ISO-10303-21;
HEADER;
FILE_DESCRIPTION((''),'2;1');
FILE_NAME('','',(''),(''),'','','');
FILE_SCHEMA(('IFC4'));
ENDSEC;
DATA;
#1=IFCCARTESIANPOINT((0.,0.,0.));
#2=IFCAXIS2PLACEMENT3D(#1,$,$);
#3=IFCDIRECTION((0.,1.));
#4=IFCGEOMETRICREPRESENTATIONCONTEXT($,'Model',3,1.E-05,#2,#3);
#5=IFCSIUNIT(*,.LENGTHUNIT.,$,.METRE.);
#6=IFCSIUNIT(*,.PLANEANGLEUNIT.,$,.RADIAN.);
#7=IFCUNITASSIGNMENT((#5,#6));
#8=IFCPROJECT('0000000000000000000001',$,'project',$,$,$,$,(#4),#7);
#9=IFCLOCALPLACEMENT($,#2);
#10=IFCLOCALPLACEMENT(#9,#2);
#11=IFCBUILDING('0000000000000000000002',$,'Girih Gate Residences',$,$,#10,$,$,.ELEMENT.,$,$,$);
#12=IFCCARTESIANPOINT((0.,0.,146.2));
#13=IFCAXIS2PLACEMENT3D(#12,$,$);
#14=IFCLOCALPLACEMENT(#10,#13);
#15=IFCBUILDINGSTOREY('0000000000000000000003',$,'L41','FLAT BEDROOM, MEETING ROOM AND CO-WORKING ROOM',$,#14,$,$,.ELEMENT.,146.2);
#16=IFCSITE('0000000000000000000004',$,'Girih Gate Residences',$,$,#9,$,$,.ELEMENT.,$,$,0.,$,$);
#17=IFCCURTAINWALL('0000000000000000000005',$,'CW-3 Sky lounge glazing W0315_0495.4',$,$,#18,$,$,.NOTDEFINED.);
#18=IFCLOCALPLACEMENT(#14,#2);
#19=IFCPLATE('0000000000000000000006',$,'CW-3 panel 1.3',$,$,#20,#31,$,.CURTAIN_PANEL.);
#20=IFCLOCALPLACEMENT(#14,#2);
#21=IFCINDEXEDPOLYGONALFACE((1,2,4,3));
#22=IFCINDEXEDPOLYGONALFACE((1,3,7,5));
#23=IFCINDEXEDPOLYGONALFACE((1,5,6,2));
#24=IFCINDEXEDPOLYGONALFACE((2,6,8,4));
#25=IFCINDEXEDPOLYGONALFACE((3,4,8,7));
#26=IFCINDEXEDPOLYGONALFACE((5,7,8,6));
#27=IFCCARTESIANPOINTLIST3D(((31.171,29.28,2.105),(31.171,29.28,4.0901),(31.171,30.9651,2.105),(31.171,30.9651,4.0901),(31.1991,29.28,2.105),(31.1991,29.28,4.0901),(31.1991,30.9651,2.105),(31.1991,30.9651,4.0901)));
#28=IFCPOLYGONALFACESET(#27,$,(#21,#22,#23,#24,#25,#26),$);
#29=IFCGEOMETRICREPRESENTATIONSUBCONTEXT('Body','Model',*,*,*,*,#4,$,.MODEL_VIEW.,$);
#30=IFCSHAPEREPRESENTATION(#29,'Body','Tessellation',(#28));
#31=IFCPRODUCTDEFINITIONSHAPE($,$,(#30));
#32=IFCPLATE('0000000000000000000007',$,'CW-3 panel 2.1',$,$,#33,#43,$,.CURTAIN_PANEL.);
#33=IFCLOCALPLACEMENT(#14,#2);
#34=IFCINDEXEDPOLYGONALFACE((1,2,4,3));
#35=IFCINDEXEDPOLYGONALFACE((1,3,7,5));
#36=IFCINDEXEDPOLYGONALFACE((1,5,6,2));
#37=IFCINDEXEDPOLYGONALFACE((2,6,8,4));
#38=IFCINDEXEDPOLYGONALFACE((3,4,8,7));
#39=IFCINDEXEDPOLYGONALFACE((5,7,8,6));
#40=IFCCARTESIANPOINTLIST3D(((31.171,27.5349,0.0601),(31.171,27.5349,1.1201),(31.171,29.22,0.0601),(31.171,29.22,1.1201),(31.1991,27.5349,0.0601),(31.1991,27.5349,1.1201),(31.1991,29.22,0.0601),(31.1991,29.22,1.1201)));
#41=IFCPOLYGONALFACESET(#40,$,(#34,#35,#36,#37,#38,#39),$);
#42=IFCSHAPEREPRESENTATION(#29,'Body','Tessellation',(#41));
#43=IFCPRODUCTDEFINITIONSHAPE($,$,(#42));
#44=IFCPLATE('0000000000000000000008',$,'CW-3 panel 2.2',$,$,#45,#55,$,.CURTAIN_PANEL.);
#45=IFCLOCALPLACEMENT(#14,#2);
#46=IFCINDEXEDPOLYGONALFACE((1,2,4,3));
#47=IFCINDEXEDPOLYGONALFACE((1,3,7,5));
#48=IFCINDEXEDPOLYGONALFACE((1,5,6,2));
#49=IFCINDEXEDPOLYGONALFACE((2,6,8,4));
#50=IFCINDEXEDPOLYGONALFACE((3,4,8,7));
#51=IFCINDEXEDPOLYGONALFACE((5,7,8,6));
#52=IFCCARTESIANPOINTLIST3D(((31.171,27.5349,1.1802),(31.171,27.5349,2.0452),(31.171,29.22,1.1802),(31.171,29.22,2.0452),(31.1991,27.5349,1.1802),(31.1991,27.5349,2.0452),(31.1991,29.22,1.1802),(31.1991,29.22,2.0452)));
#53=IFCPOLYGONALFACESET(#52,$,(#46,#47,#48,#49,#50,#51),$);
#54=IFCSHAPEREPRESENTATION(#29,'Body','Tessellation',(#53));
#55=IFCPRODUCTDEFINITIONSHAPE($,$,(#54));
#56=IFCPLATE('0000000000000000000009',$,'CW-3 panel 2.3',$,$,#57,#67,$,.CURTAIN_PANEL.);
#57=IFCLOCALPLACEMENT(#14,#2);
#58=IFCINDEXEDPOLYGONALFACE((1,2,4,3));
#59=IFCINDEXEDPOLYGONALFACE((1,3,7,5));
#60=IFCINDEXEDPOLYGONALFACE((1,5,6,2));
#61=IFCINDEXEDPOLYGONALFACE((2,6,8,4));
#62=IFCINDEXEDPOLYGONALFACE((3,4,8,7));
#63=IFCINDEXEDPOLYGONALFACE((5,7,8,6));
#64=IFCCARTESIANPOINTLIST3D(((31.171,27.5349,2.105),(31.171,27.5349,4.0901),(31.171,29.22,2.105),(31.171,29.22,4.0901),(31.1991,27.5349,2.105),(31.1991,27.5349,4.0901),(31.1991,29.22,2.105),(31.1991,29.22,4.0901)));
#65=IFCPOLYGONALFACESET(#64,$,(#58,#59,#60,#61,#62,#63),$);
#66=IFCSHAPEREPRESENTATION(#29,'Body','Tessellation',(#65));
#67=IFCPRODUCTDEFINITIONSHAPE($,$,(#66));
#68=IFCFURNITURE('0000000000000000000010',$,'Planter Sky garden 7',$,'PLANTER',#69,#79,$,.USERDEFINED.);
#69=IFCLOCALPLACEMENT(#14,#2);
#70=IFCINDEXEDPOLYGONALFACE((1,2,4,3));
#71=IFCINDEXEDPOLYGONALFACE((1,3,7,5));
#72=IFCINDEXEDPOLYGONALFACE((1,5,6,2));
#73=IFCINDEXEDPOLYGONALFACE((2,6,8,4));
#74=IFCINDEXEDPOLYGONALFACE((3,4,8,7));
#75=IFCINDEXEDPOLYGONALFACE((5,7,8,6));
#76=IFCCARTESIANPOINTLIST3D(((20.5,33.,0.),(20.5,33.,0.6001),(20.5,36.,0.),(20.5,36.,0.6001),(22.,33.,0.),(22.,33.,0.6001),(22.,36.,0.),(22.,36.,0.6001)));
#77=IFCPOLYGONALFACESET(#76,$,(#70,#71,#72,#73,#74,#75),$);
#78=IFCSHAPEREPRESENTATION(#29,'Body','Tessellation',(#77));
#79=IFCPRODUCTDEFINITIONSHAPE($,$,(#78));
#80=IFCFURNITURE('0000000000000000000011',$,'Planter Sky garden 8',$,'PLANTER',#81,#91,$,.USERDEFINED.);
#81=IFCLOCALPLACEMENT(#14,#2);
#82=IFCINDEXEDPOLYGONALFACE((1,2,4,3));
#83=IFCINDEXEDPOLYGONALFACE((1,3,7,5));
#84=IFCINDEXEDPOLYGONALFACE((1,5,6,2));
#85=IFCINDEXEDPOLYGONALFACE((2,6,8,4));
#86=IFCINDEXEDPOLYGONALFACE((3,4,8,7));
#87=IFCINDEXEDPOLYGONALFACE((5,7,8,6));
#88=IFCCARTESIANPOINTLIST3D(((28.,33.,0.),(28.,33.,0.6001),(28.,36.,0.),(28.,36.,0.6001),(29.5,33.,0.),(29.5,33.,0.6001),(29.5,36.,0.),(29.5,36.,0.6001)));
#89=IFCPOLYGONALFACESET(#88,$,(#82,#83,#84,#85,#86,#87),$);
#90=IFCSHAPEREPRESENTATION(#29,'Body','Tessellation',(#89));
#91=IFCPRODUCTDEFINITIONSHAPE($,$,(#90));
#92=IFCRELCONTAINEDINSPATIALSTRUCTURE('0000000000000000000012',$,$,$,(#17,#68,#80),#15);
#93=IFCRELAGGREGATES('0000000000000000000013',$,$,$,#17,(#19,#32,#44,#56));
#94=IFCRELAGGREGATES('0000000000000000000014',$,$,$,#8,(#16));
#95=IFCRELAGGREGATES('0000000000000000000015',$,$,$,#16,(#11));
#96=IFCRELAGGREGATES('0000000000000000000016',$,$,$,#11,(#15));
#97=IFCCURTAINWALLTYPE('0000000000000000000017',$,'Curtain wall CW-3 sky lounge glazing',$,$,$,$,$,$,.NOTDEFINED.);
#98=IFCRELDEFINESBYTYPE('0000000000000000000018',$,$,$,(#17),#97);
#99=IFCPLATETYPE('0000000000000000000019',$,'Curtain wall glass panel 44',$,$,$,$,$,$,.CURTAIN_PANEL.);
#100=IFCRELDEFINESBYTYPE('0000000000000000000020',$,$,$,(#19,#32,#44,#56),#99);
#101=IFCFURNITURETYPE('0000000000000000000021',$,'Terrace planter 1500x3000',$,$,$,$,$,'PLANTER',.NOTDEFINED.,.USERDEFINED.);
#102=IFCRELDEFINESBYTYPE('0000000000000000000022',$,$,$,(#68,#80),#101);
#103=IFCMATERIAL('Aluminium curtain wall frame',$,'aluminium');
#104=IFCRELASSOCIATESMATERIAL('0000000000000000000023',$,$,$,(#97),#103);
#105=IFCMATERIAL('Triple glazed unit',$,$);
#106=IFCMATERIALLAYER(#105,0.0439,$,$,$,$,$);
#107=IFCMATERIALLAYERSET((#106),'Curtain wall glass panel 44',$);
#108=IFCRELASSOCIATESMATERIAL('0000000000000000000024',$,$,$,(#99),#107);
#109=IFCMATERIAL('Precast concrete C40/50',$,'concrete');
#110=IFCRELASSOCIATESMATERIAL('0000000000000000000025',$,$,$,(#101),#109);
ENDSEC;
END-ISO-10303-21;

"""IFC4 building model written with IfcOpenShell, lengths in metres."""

from ifc_helpers import new_model, si_unit, direction, frame, origin, origin_2d, place, context, subcontext, project, spatial, rectangle, extrude, material, layer, layer_set, type_object, element, aggregate, save


model = new_model("IFC4")

# Units and contexts
model_context = context("Model", 3, precision=1e-05, world=origin(), true_north=direction((0.0, 1.0)))
body_context = subcontext(model_context, "Body", "Model", "MODEL_VIEW")
ifc_project = project(units=[si_unit("LENGTHUNIT", "METRE"), si_unit("PLANEANGLEUNIT", "RADIAN")], contexts=[model_context])

# Site, building, storey
site_placement = place(None, origin())
site = spatial("IfcSite", under=ifc_project, at=site_placement, Name="Girih Gate Residences", CompositionType="ELEMENT", RefElevation=0.0)
building_placement = place(site_placement, origin())
building = spatial("IfcBuilding", under=site, at=building_placement, Name="Girih Gate Residences", CompositionType="ELEMENT")
storey_placement = place(building_placement, frame((0.0, 0.0, 146.2)))
storey = spatial("IfcBuildingStorey", under=building, at=storey_placement, Name="L41", Description="FLAT BEDROOM, MEETING ROOM AND CO-WORKING ROOM", CompositionType="ELEMENT", Elevation=146.2)

# Curtain wall
ifc_material_1 = material(Name="Aluminium curtain wall frame", Category="aluminium")
curtain_wall_type = type_object("IfcCurtainWallType", Name="Curtain wall CW-3 sky lounge glazing", PredefinedType="NOTDEFINED", material=ifc_material_1)
curtain_wall_1_placement = place(storey_placement, origin())
curtain_wall_1 = element("IfcCurtainWall", 1, at=curtain_wall_1_placement, inside=storey, type_object=curtain_wall_type, Name="CW-3 Sky lounge glazing W0315_0495.4", PredefinedType="NOTDEFINED")

# Plates
ifc_material_2 = material(Name="Triple glazed unit")
ifc_layer = layer(ifc_material_2, 0.0439)
ifc_layer_set = layer_set([ifc_layer], Name="Curtain wall glass panel 44")
plate_type = type_object("IfcPlateType", Name="Curtain wall glass panel 44", PredefinedType="CURTAIN_PANEL", material=ifc_layer_set)
plate_1_placement = place(storey_placement, frame((31.1851, 30.1226, 2.105), z_axis=(0.0, 0.0, 1.0), x_axis=(0.0, -1.0, 0.0)))
plate_1 = element("IfcPlate", 2, at=plate_1_placement, type_object=plate_type, Name="CW-3 panel 1.3", PredefinedType="CURTAIN_PANEL", context=body_context, shape_type="SweptSolid", body=[
    extrude(rectangle(XDim=1.6851, YDim=0.0281, at=origin_2d()), origin(), (0.0, 0.0, 1.0), 1.9851),
])
plate_2_placement = place(storey_placement, frame((31.1851, 28.3774, 0.0601), z_axis=(0.0, 0.0, 1.0), x_axis=(0.0, -1.0, 0.0)))
plate_2 = element("IfcPlate", 3, at=plate_2_placement, type_object=plate_type, Name="CW-3 panel 2.1", PredefinedType="CURTAIN_PANEL", context=body_context, shape_type="SweptSolid", body=[
    extrude(rectangle(XDim=1.6851, YDim=0.0281, at=origin_2d()), origin(), (0.0, 0.0, 1.0), 1.0601),
])
plate_3_placement = place(storey_placement, frame((31.1851, 28.3774, 1.1802), z_axis=(0.0, 0.0, 1.0), x_axis=(0.0, -1.0, 0.0)))
plate_3 = element("IfcPlate", 4, at=plate_3_placement, type_object=plate_type, Name="CW-3 panel 2.2", PredefinedType="CURTAIN_PANEL", context=body_context, shape_type="SweptSolid", body=[
    extrude(rectangle(XDim=1.6851, YDim=0.0281, at=origin_2d()), origin(), (0.0, 0.0, 1.0), 0.865),
])
plate_4_placement = place(storey_placement, frame((31.1851, 28.3774, 2.105), z_axis=(0.0, 0.0, 1.0), x_axis=(0.0, -1.0, 0.0)))
plate_4 = element("IfcPlate", 5, at=plate_4_placement, type_object=plate_type, Name="CW-3 panel 2.3", PredefinedType="CURTAIN_PANEL", context=body_context, shape_type="SweptSolid", body=[
    extrude(rectangle(XDim=1.6851, YDim=0.0281, at=origin_2d()), origin(), (0.0, 0.0, 1.0), 1.9851),
])
aggregate(curtain_wall_1, [plate_1, plate_2, plate_3, plate_4])

# Furniture
ifc_material_3 = material(Name="Precast concrete C40/50", Category="concrete")
furniture_type = type_object("IfcFurnitureType", Name="Terrace planter 1500x3000", ElementType="PLANTER", AssemblyPlace="NOTDEFINED", PredefinedType="USERDEFINED", material=ifc_material_3)
for number, where, z_axis, x_axis, name in (
    (6, (21.25, 34.5, 0.0), (0.0, 0.0, 1.0), (1.0, 0.0, 0.0), "Planter Sky garden 7"),
    (7, (28.75, 34.5, 0.0), (0.0, 0.0, 1.0), (1.0, 0.0, 0.0), "Planter Sky garden 8"),
):
    element("IfcFurniture", number, at=place(storey_placement, frame(where, z_axis=z_axis, x_axis=x_axis)), inside=storey, type_object=furniture_type, Name=name, ObjectType="PLANTER", PredefinedType="USERDEFINED", context=body_context, shape_type="SweptSolid", body=[
        extrude(rectangle(XDim=1.5, YDim=3.0, at=origin_2d()), origin(), (0.0, 0.0, 1.0), 0.6001),
    ])

save(model, "model.ifc")
